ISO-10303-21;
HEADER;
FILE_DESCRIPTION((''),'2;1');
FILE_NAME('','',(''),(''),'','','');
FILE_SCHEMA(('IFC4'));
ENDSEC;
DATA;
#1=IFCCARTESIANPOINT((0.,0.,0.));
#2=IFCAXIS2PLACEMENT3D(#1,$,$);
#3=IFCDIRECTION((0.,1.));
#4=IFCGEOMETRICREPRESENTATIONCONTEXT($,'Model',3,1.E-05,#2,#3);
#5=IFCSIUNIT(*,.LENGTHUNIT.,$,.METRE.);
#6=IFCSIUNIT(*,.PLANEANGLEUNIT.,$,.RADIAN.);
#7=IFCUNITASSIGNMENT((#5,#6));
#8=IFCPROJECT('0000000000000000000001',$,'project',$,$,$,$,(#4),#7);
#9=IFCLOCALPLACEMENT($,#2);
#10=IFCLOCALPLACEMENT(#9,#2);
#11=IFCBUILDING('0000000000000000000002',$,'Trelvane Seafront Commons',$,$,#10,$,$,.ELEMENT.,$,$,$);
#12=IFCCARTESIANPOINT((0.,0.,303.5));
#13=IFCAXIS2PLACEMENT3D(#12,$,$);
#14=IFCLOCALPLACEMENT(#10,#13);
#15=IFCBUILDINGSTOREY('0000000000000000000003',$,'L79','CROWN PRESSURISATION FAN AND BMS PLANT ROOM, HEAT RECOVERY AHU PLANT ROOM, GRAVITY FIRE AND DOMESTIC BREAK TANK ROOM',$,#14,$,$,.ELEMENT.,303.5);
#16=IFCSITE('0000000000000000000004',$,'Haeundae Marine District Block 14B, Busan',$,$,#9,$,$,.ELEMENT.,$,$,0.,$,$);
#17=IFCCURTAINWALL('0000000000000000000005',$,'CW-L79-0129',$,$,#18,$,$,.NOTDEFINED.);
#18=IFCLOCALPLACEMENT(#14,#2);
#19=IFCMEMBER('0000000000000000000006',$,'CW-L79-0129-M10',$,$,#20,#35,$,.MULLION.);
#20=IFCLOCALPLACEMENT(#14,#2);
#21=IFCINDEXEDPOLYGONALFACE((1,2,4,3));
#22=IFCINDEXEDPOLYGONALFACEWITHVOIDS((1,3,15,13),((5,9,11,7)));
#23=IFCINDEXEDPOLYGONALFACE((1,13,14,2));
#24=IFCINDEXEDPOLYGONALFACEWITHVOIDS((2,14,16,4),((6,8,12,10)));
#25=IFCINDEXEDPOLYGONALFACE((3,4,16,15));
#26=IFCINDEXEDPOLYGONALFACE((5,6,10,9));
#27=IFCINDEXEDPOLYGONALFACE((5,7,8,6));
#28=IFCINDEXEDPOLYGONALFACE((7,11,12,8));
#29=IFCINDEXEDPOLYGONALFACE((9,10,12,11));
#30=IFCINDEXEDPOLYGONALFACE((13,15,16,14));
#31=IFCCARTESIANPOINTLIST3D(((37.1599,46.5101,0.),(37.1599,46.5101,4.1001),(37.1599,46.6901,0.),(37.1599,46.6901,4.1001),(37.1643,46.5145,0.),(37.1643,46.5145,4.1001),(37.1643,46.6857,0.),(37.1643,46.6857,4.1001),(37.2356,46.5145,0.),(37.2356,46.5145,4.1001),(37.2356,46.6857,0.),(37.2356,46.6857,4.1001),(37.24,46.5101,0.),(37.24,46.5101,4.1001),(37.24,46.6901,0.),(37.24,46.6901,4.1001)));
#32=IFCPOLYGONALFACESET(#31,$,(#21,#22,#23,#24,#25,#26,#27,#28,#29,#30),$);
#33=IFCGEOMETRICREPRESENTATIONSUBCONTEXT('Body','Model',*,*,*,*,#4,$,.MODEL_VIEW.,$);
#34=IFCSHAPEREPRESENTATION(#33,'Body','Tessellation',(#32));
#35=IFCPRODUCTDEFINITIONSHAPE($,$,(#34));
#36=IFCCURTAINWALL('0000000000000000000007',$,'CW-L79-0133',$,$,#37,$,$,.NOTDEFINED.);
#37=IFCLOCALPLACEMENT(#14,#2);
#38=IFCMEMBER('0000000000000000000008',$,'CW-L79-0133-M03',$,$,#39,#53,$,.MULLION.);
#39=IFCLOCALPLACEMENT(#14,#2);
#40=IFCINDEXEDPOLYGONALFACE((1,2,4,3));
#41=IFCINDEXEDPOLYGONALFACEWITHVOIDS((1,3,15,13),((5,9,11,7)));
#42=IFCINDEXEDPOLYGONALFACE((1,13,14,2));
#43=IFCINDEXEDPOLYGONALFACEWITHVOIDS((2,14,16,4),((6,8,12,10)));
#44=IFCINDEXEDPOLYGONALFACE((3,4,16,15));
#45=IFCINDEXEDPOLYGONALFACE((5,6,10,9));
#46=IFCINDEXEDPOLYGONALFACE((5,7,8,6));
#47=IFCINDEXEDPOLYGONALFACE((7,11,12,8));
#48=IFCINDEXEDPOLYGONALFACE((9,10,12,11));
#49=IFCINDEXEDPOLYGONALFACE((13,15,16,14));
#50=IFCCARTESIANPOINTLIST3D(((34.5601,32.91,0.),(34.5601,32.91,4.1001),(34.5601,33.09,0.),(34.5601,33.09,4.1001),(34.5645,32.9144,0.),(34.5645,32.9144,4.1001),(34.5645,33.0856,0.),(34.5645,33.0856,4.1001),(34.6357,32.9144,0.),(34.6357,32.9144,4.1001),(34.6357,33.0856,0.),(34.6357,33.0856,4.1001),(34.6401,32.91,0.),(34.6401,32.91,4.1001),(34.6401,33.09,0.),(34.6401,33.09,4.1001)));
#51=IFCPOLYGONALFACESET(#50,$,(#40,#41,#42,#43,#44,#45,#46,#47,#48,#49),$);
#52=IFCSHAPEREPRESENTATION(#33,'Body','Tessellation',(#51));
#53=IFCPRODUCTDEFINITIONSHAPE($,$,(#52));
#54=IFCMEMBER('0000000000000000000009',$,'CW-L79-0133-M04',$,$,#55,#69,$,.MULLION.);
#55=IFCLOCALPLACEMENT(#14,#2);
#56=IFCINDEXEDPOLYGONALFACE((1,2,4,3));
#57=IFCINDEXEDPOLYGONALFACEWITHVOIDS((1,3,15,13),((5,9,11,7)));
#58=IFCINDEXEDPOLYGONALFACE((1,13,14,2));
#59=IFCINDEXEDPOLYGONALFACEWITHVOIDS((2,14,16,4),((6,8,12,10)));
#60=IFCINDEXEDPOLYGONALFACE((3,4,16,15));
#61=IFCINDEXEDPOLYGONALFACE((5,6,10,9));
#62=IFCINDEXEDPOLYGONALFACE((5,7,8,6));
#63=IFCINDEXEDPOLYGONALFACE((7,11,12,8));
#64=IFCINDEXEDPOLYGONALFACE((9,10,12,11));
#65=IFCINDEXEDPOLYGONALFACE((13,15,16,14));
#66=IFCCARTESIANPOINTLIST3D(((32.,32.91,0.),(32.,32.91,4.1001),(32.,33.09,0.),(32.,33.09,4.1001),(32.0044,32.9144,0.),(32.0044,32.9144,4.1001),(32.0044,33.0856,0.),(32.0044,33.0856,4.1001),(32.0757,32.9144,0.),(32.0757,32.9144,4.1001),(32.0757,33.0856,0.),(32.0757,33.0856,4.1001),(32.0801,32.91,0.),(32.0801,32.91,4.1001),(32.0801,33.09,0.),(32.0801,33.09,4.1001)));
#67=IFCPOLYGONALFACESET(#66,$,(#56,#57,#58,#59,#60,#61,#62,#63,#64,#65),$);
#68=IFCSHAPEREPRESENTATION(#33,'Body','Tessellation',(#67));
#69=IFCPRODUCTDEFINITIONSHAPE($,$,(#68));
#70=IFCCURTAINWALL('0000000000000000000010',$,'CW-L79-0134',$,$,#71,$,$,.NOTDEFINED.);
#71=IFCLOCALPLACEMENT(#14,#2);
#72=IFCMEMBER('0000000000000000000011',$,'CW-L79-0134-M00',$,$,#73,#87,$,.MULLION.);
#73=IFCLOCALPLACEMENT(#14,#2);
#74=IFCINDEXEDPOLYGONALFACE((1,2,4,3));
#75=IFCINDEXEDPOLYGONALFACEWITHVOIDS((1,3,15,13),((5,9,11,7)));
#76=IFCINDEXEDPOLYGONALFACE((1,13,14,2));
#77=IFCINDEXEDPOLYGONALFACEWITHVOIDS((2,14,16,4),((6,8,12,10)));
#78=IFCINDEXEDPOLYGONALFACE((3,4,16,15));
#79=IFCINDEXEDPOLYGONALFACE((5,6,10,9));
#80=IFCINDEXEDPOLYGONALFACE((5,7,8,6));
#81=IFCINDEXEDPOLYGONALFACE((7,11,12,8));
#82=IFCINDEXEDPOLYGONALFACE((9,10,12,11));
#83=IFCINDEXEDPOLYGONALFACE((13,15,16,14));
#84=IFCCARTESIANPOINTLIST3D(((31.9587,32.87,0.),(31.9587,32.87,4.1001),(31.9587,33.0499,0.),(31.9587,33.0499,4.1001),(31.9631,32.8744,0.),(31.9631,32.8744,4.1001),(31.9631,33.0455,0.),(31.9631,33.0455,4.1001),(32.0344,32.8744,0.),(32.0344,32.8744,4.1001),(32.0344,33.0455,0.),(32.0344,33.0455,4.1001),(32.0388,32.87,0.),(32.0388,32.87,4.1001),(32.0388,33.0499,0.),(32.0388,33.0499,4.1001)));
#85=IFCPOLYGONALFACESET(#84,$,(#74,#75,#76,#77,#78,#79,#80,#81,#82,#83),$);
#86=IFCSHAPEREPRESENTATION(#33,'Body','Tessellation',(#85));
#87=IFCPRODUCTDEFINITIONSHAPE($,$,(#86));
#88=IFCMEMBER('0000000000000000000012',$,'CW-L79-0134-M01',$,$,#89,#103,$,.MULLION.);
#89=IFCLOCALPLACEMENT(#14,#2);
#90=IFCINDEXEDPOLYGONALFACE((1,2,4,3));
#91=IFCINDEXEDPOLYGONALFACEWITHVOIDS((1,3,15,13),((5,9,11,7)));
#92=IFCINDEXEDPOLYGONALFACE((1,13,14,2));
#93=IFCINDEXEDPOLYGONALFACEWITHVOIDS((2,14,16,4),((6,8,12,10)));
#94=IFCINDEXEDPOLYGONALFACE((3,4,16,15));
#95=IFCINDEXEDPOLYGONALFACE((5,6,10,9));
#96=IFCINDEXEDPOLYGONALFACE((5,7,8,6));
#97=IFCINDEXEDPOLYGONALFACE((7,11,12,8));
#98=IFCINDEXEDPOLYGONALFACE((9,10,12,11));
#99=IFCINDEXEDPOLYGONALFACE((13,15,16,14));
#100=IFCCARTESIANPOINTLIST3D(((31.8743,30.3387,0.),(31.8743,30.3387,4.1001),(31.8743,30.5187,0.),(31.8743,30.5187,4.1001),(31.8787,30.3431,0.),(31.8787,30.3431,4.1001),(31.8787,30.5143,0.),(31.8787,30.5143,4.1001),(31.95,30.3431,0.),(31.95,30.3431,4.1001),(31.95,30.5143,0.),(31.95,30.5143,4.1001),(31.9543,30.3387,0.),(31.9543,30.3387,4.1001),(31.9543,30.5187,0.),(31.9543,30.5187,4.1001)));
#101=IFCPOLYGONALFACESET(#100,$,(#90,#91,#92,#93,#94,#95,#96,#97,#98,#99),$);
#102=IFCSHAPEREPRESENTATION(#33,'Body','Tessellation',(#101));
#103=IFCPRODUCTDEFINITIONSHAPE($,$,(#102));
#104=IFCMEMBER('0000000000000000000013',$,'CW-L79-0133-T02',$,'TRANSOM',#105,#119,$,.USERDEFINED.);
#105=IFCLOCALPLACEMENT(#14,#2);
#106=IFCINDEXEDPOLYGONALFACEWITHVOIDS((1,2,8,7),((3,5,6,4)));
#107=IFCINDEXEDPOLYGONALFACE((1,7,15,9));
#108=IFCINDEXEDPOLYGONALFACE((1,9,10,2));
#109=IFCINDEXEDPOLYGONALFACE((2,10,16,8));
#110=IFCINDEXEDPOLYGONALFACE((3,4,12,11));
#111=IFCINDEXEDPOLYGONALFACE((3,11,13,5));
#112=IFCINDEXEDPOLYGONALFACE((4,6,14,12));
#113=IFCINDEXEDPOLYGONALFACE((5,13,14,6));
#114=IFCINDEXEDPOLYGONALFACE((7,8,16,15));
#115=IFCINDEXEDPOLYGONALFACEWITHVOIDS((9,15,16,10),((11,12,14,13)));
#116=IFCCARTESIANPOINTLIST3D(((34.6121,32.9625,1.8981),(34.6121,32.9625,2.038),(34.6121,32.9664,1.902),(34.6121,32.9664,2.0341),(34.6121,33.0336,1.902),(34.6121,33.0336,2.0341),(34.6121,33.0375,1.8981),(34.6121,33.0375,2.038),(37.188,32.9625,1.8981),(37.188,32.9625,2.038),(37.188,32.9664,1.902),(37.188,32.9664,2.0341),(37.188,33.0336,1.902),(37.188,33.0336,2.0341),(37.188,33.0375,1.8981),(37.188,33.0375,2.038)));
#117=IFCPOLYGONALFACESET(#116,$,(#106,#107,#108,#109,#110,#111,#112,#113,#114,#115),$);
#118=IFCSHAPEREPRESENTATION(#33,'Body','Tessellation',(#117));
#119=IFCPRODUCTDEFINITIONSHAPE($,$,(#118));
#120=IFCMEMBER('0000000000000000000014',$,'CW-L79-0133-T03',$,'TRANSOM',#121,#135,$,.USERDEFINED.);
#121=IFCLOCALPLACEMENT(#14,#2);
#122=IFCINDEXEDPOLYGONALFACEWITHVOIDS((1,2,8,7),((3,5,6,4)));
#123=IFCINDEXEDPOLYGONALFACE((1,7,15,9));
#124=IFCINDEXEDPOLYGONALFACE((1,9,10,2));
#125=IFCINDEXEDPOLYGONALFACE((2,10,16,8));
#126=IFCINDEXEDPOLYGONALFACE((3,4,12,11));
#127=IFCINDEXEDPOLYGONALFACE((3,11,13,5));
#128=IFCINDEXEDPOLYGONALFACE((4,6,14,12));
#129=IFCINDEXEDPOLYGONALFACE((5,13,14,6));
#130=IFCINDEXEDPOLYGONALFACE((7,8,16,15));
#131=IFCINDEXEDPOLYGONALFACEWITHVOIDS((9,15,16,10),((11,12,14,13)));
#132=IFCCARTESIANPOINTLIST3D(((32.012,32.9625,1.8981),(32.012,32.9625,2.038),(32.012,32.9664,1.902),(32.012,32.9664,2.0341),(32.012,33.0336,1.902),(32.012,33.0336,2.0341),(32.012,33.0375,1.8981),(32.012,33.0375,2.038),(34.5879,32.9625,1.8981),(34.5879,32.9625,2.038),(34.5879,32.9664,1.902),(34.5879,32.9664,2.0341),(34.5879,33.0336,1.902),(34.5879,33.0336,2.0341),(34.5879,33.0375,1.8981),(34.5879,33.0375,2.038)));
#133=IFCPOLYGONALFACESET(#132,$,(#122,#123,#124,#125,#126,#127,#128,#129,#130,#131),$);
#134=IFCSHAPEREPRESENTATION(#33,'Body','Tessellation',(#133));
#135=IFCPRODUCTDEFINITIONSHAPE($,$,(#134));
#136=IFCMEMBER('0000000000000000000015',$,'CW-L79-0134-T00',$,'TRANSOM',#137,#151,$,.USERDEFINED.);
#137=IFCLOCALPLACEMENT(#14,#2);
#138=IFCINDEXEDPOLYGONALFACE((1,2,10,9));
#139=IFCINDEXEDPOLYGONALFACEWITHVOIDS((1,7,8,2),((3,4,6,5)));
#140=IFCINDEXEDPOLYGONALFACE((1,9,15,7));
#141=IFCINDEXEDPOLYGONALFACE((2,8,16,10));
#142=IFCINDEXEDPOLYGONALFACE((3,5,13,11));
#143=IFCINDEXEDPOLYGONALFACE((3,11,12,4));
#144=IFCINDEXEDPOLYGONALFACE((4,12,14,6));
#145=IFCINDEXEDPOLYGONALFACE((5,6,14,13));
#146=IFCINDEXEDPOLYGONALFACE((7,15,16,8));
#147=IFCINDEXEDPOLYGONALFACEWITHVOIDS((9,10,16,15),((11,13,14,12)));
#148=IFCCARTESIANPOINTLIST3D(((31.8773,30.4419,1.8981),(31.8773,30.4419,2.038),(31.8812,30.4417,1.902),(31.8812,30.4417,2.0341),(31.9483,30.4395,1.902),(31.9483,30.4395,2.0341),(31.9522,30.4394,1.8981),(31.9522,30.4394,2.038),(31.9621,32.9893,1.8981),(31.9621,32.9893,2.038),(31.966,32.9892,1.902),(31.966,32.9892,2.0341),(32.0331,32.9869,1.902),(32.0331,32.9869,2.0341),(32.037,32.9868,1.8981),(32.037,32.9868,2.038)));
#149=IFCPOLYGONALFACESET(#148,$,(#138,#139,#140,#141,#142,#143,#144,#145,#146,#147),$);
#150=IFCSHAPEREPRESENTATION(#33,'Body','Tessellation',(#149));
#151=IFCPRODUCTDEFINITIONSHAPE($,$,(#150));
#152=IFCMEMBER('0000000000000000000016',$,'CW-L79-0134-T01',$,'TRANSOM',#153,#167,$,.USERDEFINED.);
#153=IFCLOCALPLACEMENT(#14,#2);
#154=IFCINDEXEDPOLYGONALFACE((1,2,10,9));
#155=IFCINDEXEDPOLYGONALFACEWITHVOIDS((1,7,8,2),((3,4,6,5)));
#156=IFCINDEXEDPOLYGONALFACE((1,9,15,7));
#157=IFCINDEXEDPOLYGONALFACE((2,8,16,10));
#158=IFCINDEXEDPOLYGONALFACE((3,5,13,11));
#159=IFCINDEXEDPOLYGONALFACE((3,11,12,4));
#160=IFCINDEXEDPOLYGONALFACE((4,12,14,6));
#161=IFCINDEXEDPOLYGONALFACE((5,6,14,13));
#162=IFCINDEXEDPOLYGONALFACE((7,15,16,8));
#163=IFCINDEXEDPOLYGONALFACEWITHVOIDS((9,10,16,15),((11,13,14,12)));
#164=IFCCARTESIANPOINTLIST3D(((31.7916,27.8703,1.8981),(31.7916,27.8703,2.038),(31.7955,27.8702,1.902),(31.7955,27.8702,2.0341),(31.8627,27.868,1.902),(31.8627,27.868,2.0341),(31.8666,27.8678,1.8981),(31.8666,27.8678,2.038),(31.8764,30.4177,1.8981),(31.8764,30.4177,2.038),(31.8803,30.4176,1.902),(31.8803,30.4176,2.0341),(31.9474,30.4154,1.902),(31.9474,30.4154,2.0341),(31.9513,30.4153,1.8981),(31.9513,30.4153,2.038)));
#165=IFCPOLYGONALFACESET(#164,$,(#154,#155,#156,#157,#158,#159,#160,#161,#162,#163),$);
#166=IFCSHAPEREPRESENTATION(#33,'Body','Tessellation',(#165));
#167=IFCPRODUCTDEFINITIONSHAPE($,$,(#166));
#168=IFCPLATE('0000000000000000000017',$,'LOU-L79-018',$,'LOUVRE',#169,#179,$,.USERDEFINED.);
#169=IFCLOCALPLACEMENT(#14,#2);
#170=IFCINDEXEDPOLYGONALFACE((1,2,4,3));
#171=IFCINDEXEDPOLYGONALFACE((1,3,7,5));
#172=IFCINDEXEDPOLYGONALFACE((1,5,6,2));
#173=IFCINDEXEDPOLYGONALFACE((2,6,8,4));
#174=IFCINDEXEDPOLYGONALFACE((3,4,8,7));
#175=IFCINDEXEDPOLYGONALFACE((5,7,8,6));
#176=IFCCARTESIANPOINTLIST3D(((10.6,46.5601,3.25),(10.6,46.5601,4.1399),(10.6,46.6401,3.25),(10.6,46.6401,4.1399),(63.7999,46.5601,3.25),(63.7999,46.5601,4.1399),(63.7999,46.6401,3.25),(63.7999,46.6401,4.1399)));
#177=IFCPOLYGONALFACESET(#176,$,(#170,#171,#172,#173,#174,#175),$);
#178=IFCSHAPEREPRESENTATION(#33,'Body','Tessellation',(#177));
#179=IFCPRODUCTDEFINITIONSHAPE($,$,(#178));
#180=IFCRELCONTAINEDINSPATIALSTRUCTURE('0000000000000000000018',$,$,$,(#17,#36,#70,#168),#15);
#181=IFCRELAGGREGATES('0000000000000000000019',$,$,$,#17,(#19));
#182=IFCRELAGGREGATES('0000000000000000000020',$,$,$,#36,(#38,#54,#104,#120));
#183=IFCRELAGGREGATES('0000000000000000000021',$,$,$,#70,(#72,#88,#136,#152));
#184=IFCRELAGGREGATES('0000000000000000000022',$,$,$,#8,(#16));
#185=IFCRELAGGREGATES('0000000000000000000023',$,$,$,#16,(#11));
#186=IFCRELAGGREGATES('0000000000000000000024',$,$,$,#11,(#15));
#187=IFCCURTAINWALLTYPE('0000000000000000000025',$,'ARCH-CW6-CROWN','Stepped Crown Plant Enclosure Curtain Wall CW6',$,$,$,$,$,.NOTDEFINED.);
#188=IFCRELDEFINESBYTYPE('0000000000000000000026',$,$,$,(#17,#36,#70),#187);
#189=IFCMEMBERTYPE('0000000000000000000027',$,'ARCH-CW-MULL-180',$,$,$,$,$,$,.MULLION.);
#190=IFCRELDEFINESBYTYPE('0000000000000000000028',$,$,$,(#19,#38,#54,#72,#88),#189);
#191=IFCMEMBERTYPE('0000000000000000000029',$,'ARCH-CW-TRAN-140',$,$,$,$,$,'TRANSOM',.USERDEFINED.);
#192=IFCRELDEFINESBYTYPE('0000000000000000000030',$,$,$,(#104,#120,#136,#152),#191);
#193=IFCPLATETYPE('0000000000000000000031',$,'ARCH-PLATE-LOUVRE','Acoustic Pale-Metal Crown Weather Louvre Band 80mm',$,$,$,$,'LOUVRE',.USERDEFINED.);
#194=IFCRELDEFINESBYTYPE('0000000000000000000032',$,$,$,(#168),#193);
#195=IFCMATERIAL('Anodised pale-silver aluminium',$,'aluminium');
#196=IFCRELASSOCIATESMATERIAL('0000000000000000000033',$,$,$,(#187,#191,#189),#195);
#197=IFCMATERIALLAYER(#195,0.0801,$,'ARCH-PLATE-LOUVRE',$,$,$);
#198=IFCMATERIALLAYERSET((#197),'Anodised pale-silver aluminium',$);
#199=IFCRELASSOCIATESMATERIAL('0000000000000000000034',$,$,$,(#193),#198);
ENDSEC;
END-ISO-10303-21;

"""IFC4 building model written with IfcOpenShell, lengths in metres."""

from ifc_helpers import new_model, si_unit, direction, frame, origin, origin_2d, place, context, subcontext, project, spatial, rectangle, hollow_rectangle, extrude, source, transform, mapped, material, layer, layer_set, material_profile, profile_set, type_object, element, aggregate, save


model = new_model("IFC4")

# Units and contexts
model_context = context("Model", 3, precision=1e-05, world=origin(), true_north=direction((0.0, 1.0)))
body_context = subcontext(model_context, "Body", "Model", "MODEL_VIEW")
ifc_project = project(units=[si_unit("LENGTHUNIT", "METRE"), si_unit("PLANEANGLEUNIT", "RADIAN")], contexts=[model_context])

# Site, building, storey
site_placement = place(None, origin())
site = spatial("IfcSite", under=ifc_project, at=site_placement, Name="Haeundae Marine District Block 14B, Busan", CompositionType="ELEMENT", RefElevation=0.0)
building_placement = place(site_placement, origin())
building = spatial("IfcBuilding", under=site, at=building_placement, Name="Trelvane Seafront Commons", CompositionType="ELEMENT")
storey_placement = place(building_placement, frame((0.0, 0.0, 303.5)))
storey = spatial("IfcBuildingStorey", under=building, at=storey_placement, Name="L79", Description="CROWN PRESSURISATION FAN AND BMS PLANT ROOM, HEAT RECOVERY AHU PLANT ROOM, GRAVITY FIRE AND DOMESTIC BREAK TANK ROOM", CompositionType="ELEMENT", Elevation=303.5)

# Curtain walls, members
ifc_material_1 = material(Name="Anodised pale-silver aluminium", Category="aluminium")
curtain_wall_type = type_object("IfcCurtainWallType", Name="ARCH-CW6-CROWN", Description="Stepped Crown Plant Enclosure Curtain Wall CW6", PredefinedType="NOTDEFINED", material=ifc_material_1)
curtain_wall_1_placement = place(storey_placement, origin())
curtain_wall_1 = element("IfcCurtainWall", 1, at=curtain_wall_1_placement, inside=storey, type_object=curtain_wall_type, Name="CW-L79-0129", PredefinedType="NOTDEFINED")
ifc_material_profile_1 = material_profile(ifc_material_1, hollow_rectangle(XDim=0.075, YDim=0.1399, WallThickness=0.0039, at=origin_2d()), Name="TRAN-75x140x4")
ifc_profile_set_1 = profile_set([ifc_material_profile_1], Name="Anodised pale-silver aluminium")
member_type_1 = type_object("IfcMemberType", Name="ARCH-CW-TRAN-140", ElementType="TRANSOM", PredefinedType="USERDEFINED", material=ifc_profile_set_1)
ifc_material_profile_2 = material_profile(ifc_material_1, hollow_rectangle(XDim=0.0801, YDim=0.1799, WallThickness=0.0044, at=origin_2d()), Name="MULL-80x180x4.5")
ifc_profile_set_2 = profile_set([ifc_material_profile_2], Name="Anodised pale-silver aluminium")
member_type_2 = type_object("IfcMemberType", Name="ARCH-CW-MULL-180", PredefinedType="MULLION", material=ifc_profile_set_2)
shared_shape_1 = source(origin(), body_context, "Body", "SweptSolid", [
    extrude(hollow_rectangle(XDim=0.0801, YDim=0.1799, WallThickness=0.0044, at=origin_2d()), origin(), (0.0, 0.0, 1.0), 4.1001),
])
member_1_placement = place(storey_placement, frame((37.2, 46.6001, 0.0), z_axis=(0.0, 0.0, 1.0), x_axis=(1.0, 0.0, 0.0)))
member_1 = element("IfcMember", 2, at=member_1_placement, type_object=member_type_2, Name="CW-L79-0129-M10", PredefinedType="MULLION", context=body_context, shape_type="MappedRepresentation", body=[
    mapped(shared_shape_1, transform((0.0, 0.0, 0.0), x_axis=(1.0, 0.0, 0.0), y_axis=(0.0, 1.0, 0.0), z_axis=(0.0, 0.0, 1.0), scale=1.0)),
])
curtain_wall_2_placement = place(storey_placement, origin())
curtain_wall_2 = element("IfcCurtainWall", 3, at=curtain_wall_2_placement, inside=storey, type_object=curtain_wall_type, Name="CW-L79-0133", PredefinedType="NOTDEFINED")
member_2_placement = place(storey_placement, frame((34.6001, 33.0, 0.0), z_axis=(0.0, 0.0, 1.0), x_axis=(1.0, 0.0, 0.0)))
member_2 = element("IfcMember", 4, at=member_2_placement, type_object=member_type_2, Name="CW-L79-0133-M03", PredefinedType="MULLION", context=body_context, shape_type="MappedRepresentation", body=[
    mapped(shared_shape_1, transform((0.0, 0.0, 0.0), x_axis=(1.0, 0.0, 0.0), y_axis=(0.0, 1.0, 0.0), z_axis=(0.0, 0.0, 1.0), scale=1.0)),
])
member_3_placement = place(storey_placement, frame((32.04, 33.0, 0.0), z_axis=(0.0, 0.0, 1.0), x_axis=(1.0, 0.0, 0.0)))
member_3 = element("IfcMember", 5, at=member_3_placement, type_object=member_type_2, Name="CW-L79-0133-M04", PredefinedType="MULLION", context=body_context, shape_type="MappedRepresentation", body=[
    mapped(shared_shape_1, transform((0.0, 0.0, 0.0), x_axis=(1.0, 0.0, 0.0), y_axis=(0.0, 1.0, 0.0), z_axis=(0.0, 0.0, 1.0), scale=1.0)),
])
curtain_wall_3_placement = place(storey_placement, origin())
curtain_wall_3 = element("IfcCurtainWall", 6, at=curtain_wall_3_placement, inside=storey, type_object=curtain_wall_type, Name="CW-L79-0134", PredefinedType="NOTDEFINED")
member_4_placement = place(storey_placement, frame((31.9988, 32.96, 0.0), z_axis=(0.0, 0.0, 1.0), x_axis=(1.0, 0.0, 0.0)))
member_4 = element("IfcMember", 7, at=member_4_placement, type_object=member_type_2, Name="CW-L79-0134-M00", PredefinedType="MULLION", context=body_context, shape_type="MappedRepresentation", body=[
    mapped(shared_shape_1, transform((0.0, 0.0, 0.0), x_axis=(1.0, 0.0, 0.0), y_axis=(0.0, 1.0, 0.0), z_axis=(0.0, 0.0, 1.0), scale=1.0)),
])
member_5_placement = place(storey_placement, frame((31.9143, 30.4287, 0.0), z_axis=(0.0, 0.0, 1.0), x_axis=(1.0, 0.0, 0.0)))
member_5 = element("IfcMember", 8, at=member_5_placement, type_object=member_type_2, Name="CW-L79-0134-M01", PredefinedType="MULLION", context=body_context, shape_type="MappedRepresentation", body=[
    mapped(shared_shape_1, transform((0.0, 0.0, 0.0), x_axis=(1.0, 0.0, 0.0), y_axis=(0.0, 1.0, 0.0), z_axis=(0.0, 0.0, 1.0), scale=1.0)),
])

# Members
shared_shape_2 = source(origin(), body_context, "Body", "SweptSolid", [
    extrude(hollow_rectangle(XDim=0.075, YDim=0.1399, WallThickness=0.0039, at=origin_2d()), origin(), (0.0, 0.0, 1.0), 2.5759),
])
member_6_placement = place(storey_placement, frame((37.188, 33.0, 1.968), z_axis=(-1.0, 0.0, 0.0), x_axis=(0.0, -1.0, 0.0)))
member_6 = element("IfcMember", 9, at=member_6_placement, type_object=member_type_1, Name="CW-L79-0133-T02", ObjectType="TRANSOM", PredefinedType="USERDEFINED", context=body_context, shape_type="MappedRepresentation", body=[
    mapped(shared_shape_2, transform((0.0, 0.0, 0.0), x_axis=(1.0, 0.0, 0.0), y_axis=(0.0, 1.0, 0.0), z_axis=(0.0, 0.0, 1.0), scale=1.0)),
])
member_7_placement = place(storey_placement, frame((34.5879, 33.0, 1.968), z_axis=(-1.0, 0.0, 0.0), x_axis=(0.0, -1.0, 0.0)))
member_7 = element("IfcMember", 10, at=member_7_placement, type_object=member_type_1, Name="CW-L79-0133-T03", ObjectType="TRANSOM", PredefinedType="USERDEFINED", context=body_context, shape_type="MappedRepresentation", body=[
    mapped(shared_shape_2, transform((0.0, 0.0, 0.0), x_axis=(1.0, 0.0, 0.0), y_axis=(0.0, 1.0, 0.0), z_axis=(0.0, 0.0, 1.0), scale=1.0)),
])
shared_shape_3 = source(origin(), body_context, "Body", "SweptSolid", [
    extrude(hollow_rectangle(XDim=0.075, YDim=0.1399, WallThickness=0.0039, at=origin_2d()), origin(), (0.0, 0.0, 1.0), 2.5488),
])
member_8_placement = place(storey_placement, frame((31.9995, 32.988, 1.968), z_axis=(-0.033238, -0.999447, 0.0), x_axis=(0.999447, -0.033238, 0.0)))
member_8 = element("IfcMember", 11, at=member_8_placement, type_object=member_type_1, Name="CW-L79-0134-T00", ObjectType="TRANSOM", PredefinedType="USERDEFINED", context=body_context, shape_type="MappedRepresentation", body=[
    mapped(shared_shape_3, transform((0.0, 0.0, 0.0), x_axis=(1.0, 0.0, 0.0), y_axis=(0.0, 1.0, 0.0), z_axis=(0.0, 0.0, 1.0), scale=1.0)),
])
member_9_placement = place(storey_placement, frame((31.9138, 30.4165, 1.968), z_axis=(-0.033238, -0.999447, 0.0), x_axis=(0.999447, -0.033238, 0.0)))
member_9 = element("IfcMember", 12, at=member_9_placement, type_object=member_type_1, Name="CW-L79-0134-T01", ObjectType="TRANSOM", PredefinedType="USERDEFINED", context=body_context, shape_type="MappedRepresentation", body=[
    mapped(shared_shape_3, transform((0.0, 0.0, 0.0), x_axis=(1.0, 0.0, 0.0), y_axis=(0.0, 1.0, 0.0), z_axis=(0.0, 0.0, 1.0), scale=1.0)),
])

# Plate
ifc_layer_1 = layer(ifc_material_1, 0.0801, Name="ARCH-PLATE-LOUVRE")
ifc_layer_set_1 = layer_set([ifc_layer_1], Name="Anodised pale-silver aluminium")
plate_type_1 = type_object("IfcPlateType", Name="ARCH-PLATE-LOUVRE", Description="Acoustic Pale-Metal Crown Weather Louvre Band 80mm", ElementType="LOUVRE", PredefinedType="USERDEFINED", material=ifc_layer_set_1)
shared_shape_4 = source(origin(), body_context, "Body", "SweptSolid", [
    extrude(rectangle(XDim=53.2, YDim=0.0801, at=origin_2d()), origin(), (0.0, 0.0, 1.0), 0.8899),
])
plate_1_placement = place(storey_placement, frame((37.2, 46.6001, 3.25), z_axis=(0.0, 0.0, 1.0), x_axis=(1.0, 0.0, 0.0)))
element("IfcPlate", 13, at=plate_1_placement, inside=storey, type_object=plate_type_1, Name="LOU-L79-018", ObjectType="LOUVRE", PredefinedType="USERDEFINED", context=body_context, shape_type="MappedRepresentation", body=[
    mapped(shared_shape_4, transform((0.0, 0.0, 0.0), x_axis=(1.0, 0.0, 0.0), y_axis=(0.0, 1.0, 0.0), z_axis=(0.0, 0.0, 1.0), scale=1.0)),
])
aggregate(curtain_wall_1, [member_1])
aggregate(curtain_wall_2, [member_2, member_3, member_6, member_7])
aggregate(curtain_wall_3, [member_4, member_5, member_8, member_9])

save(model, "model.ifc")
